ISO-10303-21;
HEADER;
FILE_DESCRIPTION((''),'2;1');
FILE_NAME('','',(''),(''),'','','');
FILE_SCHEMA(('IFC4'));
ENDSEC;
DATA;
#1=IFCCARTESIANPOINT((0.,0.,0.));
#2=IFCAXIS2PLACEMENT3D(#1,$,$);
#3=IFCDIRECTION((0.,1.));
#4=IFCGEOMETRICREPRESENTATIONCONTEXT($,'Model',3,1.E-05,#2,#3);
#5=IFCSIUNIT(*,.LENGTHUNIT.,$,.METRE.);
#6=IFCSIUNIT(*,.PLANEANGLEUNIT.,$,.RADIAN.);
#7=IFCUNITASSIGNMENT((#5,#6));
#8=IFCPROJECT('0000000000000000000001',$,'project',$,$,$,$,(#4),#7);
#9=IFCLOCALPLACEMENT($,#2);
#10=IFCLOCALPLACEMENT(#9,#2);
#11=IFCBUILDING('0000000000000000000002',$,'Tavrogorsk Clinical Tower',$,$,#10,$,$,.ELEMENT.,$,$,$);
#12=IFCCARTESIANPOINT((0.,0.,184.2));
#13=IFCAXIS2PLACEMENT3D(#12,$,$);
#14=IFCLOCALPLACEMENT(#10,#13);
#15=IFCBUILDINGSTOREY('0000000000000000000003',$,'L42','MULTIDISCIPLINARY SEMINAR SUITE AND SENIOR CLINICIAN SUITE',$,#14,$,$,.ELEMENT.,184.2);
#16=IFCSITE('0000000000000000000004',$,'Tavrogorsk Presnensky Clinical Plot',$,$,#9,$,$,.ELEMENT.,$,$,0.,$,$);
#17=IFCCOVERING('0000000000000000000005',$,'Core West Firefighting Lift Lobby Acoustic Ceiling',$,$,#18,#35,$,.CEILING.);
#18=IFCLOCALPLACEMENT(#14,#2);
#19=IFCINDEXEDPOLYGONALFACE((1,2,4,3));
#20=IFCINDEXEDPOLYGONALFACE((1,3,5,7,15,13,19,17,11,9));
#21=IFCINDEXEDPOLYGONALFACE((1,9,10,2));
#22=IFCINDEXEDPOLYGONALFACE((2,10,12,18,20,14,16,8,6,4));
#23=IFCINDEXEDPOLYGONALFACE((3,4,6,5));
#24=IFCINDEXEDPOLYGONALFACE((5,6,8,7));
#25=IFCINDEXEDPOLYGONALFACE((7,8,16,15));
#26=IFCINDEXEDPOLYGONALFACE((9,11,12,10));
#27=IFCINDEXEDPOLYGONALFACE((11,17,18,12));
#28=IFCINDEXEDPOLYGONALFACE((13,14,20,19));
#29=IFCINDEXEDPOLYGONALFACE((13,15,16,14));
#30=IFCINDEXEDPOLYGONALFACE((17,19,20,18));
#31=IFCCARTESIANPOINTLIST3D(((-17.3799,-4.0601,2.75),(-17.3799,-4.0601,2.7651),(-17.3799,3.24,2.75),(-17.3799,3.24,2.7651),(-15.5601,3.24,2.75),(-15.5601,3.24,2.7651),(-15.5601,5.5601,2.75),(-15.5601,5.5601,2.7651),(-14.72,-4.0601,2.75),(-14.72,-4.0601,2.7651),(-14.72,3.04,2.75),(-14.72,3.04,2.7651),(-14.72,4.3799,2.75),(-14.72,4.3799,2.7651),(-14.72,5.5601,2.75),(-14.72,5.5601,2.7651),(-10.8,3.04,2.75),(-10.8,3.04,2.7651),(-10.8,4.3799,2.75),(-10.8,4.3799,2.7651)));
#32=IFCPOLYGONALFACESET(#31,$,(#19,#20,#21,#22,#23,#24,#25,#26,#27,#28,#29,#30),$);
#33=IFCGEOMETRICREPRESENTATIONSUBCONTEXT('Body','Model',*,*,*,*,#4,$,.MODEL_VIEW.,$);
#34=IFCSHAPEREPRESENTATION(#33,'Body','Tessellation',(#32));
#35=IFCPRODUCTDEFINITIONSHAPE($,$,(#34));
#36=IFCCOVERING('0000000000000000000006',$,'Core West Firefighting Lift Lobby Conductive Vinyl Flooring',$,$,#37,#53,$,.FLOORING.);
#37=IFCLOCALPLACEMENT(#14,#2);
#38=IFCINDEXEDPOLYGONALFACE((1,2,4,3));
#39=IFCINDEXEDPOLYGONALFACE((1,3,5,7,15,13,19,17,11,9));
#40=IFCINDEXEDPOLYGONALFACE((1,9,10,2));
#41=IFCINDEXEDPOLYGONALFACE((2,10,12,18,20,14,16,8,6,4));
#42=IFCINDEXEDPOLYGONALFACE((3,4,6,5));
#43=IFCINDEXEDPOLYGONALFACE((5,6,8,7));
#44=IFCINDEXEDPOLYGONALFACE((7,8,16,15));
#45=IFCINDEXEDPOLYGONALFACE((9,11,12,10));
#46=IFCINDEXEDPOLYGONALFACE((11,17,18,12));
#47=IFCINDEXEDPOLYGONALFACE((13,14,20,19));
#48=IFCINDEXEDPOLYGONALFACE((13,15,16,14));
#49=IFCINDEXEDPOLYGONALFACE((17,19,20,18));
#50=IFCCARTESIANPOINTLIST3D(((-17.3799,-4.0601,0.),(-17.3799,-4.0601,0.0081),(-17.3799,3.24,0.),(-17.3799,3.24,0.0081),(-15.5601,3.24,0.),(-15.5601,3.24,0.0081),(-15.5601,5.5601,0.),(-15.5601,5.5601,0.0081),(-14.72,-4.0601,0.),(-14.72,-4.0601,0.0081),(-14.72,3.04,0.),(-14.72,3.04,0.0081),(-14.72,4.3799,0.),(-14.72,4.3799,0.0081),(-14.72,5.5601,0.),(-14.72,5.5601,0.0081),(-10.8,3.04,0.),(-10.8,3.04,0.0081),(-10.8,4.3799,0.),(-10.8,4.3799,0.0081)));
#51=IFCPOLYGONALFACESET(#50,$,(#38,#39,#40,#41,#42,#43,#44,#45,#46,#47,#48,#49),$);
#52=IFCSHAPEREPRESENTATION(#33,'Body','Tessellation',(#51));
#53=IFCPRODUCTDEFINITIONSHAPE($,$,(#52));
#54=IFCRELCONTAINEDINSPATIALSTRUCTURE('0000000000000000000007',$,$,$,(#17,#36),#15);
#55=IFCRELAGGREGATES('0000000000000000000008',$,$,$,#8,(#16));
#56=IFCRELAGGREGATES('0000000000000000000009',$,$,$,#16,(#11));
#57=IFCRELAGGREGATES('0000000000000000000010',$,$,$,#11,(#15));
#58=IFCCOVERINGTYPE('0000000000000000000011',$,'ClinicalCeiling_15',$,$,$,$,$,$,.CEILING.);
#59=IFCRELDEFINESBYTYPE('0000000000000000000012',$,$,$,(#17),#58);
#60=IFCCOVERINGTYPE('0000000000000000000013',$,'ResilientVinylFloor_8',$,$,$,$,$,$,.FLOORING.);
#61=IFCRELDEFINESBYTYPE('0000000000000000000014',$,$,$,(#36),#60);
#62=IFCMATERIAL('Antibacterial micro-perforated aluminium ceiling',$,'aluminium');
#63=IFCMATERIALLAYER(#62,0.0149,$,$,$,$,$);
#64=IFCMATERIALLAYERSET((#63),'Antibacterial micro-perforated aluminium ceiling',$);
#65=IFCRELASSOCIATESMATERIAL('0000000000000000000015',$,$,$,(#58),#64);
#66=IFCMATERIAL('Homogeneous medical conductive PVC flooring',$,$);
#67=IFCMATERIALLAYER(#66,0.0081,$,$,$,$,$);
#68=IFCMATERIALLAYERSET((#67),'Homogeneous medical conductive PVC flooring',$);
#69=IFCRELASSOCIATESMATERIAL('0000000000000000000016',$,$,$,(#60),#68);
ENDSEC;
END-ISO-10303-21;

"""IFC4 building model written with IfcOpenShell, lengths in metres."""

from ifc_helpers import new_model, si_unit, direction, frame, origin, place, context, subcontext, project, spatial, polyline, outline, extrude, material, layer, layer_set, type_object, element, save


model = new_model("IFC4")

# Units and contexts
model_context = context("Model", 3, precision=1e-05, world=origin(), true_north=direction((0.0, 1.0)))
body_context = subcontext(model_context, "Body", "Model", "MODEL_VIEW")
ifc_project = project(units=[si_unit("LENGTHUNIT", "METRE"), si_unit("PLANEANGLEUNIT", "RADIAN")], contexts=[model_context])

# Site, building, storey
site_placement = place(None, origin())
site = spatial("IfcSite", under=ifc_project, at=site_placement, Name="Tavrogorsk Presnensky Clinical Plot", CompositionType="ELEMENT", RefElevation=0.0)
building_placement = place(site_placement, origin())
building = spatial("IfcBuilding", under=site, at=building_placement, Name="Tavrogorsk Clinical Tower", CompositionType="ELEMENT")
storey_placement = place(building_placement, frame((0.0, 0.0, 184.2)))
storey = spatial("IfcBuildingStorey", under=building, at=storey_placement, Name="L42", Description="MULTIDISCIPLINARY SEMINAR SUITE AND SENIOR CLINICIAN SUITE", CompositionType="ELEMENT", Elevation=184.2)

# Coverings
ifc_material_1 = material(Name="Antibacterial micro-perforated aluminium ceiling", Category="aluminium")
ifc_layer_1 = layer(ifc_material_1, 0.0149)
ifc_layer_set_1 = layer_set([ifc_layer_1], Name="Antibacterial micro-perforated aluminium ceiling")
covering_type_1 = type_object("IfcCoveringType", Name="ClinicalCeiling_15", PredefinedType="CEILING", material=ifc_layer_set_1)
covering_1_placement = place(storey_placement, frame((0.0, 0.0, 2.75)))
element("IfcCovering", 1, at=covering_1_placement, inside=storey, type_object=covering_type_1, Name="Core West Firefighting Lift Lobby Acoustic Ceiling", PredefinedType="CEILING", context=body_context, shape_type="SweptSolid", body=[
    extrude(outline(polyline([(-14.72, 4.3799), (-10.8, 4.3799), (-10.8, 3.04), (-14.72, 3.04), (-14.72, -4.0601), (-17.3799, -4.0601), (-17.3799, 3.24), (-15.5601, 3.24), (-15.5601, 5.5601), (-14.72, 5.5601), (-14.72, 4.3799)])), origin(), (0.0, 0.0, 1.0), 0.0151),
])
ifc_material_2 = material(Name="Homogeneous medical conductive PVC flooring")
ifc_layer_2 = layer(ifc_material_2, 0.0081)
ifc_layer_set_2 = layer_set([ifc_layer_2], Name="Homogeneous medical conductive PVC flooring")
covering_type_2 = type_object("IfcCoveringType", Name="ResilientVinylFloor_8", PredefinedType="FLOORING", material=ifc_layer_set_2)
covering_2_placement = place(storey_placement, origin())
element("IfcCovering", 2, at=covering_2_placement, inside=storey, type_object=covering_type_2, Name="Core West Firefighting Lift Lobby Conductive Vinyl Flooring", PredefinedType="FLOORING", context=body_context, shape_type="SweptSolid", body=[
    extrude(outline(polyline([(-14.72, 4.3799), (-10.8, 4.3799), (-10.8, 3.04), (-14.72, 3.04), (-14.72, -4.0601), (-17.3799, -4.0601), (-17.3799, 3.24), (-15.5601, 3.24), (-15.5601, 5.5601), (-14.72, 5.5601), (-14.72, 4.3799)])), origin(), (0.0, 0.0, 1.0), 0.0081),
])

save(model, "model.ifc")
